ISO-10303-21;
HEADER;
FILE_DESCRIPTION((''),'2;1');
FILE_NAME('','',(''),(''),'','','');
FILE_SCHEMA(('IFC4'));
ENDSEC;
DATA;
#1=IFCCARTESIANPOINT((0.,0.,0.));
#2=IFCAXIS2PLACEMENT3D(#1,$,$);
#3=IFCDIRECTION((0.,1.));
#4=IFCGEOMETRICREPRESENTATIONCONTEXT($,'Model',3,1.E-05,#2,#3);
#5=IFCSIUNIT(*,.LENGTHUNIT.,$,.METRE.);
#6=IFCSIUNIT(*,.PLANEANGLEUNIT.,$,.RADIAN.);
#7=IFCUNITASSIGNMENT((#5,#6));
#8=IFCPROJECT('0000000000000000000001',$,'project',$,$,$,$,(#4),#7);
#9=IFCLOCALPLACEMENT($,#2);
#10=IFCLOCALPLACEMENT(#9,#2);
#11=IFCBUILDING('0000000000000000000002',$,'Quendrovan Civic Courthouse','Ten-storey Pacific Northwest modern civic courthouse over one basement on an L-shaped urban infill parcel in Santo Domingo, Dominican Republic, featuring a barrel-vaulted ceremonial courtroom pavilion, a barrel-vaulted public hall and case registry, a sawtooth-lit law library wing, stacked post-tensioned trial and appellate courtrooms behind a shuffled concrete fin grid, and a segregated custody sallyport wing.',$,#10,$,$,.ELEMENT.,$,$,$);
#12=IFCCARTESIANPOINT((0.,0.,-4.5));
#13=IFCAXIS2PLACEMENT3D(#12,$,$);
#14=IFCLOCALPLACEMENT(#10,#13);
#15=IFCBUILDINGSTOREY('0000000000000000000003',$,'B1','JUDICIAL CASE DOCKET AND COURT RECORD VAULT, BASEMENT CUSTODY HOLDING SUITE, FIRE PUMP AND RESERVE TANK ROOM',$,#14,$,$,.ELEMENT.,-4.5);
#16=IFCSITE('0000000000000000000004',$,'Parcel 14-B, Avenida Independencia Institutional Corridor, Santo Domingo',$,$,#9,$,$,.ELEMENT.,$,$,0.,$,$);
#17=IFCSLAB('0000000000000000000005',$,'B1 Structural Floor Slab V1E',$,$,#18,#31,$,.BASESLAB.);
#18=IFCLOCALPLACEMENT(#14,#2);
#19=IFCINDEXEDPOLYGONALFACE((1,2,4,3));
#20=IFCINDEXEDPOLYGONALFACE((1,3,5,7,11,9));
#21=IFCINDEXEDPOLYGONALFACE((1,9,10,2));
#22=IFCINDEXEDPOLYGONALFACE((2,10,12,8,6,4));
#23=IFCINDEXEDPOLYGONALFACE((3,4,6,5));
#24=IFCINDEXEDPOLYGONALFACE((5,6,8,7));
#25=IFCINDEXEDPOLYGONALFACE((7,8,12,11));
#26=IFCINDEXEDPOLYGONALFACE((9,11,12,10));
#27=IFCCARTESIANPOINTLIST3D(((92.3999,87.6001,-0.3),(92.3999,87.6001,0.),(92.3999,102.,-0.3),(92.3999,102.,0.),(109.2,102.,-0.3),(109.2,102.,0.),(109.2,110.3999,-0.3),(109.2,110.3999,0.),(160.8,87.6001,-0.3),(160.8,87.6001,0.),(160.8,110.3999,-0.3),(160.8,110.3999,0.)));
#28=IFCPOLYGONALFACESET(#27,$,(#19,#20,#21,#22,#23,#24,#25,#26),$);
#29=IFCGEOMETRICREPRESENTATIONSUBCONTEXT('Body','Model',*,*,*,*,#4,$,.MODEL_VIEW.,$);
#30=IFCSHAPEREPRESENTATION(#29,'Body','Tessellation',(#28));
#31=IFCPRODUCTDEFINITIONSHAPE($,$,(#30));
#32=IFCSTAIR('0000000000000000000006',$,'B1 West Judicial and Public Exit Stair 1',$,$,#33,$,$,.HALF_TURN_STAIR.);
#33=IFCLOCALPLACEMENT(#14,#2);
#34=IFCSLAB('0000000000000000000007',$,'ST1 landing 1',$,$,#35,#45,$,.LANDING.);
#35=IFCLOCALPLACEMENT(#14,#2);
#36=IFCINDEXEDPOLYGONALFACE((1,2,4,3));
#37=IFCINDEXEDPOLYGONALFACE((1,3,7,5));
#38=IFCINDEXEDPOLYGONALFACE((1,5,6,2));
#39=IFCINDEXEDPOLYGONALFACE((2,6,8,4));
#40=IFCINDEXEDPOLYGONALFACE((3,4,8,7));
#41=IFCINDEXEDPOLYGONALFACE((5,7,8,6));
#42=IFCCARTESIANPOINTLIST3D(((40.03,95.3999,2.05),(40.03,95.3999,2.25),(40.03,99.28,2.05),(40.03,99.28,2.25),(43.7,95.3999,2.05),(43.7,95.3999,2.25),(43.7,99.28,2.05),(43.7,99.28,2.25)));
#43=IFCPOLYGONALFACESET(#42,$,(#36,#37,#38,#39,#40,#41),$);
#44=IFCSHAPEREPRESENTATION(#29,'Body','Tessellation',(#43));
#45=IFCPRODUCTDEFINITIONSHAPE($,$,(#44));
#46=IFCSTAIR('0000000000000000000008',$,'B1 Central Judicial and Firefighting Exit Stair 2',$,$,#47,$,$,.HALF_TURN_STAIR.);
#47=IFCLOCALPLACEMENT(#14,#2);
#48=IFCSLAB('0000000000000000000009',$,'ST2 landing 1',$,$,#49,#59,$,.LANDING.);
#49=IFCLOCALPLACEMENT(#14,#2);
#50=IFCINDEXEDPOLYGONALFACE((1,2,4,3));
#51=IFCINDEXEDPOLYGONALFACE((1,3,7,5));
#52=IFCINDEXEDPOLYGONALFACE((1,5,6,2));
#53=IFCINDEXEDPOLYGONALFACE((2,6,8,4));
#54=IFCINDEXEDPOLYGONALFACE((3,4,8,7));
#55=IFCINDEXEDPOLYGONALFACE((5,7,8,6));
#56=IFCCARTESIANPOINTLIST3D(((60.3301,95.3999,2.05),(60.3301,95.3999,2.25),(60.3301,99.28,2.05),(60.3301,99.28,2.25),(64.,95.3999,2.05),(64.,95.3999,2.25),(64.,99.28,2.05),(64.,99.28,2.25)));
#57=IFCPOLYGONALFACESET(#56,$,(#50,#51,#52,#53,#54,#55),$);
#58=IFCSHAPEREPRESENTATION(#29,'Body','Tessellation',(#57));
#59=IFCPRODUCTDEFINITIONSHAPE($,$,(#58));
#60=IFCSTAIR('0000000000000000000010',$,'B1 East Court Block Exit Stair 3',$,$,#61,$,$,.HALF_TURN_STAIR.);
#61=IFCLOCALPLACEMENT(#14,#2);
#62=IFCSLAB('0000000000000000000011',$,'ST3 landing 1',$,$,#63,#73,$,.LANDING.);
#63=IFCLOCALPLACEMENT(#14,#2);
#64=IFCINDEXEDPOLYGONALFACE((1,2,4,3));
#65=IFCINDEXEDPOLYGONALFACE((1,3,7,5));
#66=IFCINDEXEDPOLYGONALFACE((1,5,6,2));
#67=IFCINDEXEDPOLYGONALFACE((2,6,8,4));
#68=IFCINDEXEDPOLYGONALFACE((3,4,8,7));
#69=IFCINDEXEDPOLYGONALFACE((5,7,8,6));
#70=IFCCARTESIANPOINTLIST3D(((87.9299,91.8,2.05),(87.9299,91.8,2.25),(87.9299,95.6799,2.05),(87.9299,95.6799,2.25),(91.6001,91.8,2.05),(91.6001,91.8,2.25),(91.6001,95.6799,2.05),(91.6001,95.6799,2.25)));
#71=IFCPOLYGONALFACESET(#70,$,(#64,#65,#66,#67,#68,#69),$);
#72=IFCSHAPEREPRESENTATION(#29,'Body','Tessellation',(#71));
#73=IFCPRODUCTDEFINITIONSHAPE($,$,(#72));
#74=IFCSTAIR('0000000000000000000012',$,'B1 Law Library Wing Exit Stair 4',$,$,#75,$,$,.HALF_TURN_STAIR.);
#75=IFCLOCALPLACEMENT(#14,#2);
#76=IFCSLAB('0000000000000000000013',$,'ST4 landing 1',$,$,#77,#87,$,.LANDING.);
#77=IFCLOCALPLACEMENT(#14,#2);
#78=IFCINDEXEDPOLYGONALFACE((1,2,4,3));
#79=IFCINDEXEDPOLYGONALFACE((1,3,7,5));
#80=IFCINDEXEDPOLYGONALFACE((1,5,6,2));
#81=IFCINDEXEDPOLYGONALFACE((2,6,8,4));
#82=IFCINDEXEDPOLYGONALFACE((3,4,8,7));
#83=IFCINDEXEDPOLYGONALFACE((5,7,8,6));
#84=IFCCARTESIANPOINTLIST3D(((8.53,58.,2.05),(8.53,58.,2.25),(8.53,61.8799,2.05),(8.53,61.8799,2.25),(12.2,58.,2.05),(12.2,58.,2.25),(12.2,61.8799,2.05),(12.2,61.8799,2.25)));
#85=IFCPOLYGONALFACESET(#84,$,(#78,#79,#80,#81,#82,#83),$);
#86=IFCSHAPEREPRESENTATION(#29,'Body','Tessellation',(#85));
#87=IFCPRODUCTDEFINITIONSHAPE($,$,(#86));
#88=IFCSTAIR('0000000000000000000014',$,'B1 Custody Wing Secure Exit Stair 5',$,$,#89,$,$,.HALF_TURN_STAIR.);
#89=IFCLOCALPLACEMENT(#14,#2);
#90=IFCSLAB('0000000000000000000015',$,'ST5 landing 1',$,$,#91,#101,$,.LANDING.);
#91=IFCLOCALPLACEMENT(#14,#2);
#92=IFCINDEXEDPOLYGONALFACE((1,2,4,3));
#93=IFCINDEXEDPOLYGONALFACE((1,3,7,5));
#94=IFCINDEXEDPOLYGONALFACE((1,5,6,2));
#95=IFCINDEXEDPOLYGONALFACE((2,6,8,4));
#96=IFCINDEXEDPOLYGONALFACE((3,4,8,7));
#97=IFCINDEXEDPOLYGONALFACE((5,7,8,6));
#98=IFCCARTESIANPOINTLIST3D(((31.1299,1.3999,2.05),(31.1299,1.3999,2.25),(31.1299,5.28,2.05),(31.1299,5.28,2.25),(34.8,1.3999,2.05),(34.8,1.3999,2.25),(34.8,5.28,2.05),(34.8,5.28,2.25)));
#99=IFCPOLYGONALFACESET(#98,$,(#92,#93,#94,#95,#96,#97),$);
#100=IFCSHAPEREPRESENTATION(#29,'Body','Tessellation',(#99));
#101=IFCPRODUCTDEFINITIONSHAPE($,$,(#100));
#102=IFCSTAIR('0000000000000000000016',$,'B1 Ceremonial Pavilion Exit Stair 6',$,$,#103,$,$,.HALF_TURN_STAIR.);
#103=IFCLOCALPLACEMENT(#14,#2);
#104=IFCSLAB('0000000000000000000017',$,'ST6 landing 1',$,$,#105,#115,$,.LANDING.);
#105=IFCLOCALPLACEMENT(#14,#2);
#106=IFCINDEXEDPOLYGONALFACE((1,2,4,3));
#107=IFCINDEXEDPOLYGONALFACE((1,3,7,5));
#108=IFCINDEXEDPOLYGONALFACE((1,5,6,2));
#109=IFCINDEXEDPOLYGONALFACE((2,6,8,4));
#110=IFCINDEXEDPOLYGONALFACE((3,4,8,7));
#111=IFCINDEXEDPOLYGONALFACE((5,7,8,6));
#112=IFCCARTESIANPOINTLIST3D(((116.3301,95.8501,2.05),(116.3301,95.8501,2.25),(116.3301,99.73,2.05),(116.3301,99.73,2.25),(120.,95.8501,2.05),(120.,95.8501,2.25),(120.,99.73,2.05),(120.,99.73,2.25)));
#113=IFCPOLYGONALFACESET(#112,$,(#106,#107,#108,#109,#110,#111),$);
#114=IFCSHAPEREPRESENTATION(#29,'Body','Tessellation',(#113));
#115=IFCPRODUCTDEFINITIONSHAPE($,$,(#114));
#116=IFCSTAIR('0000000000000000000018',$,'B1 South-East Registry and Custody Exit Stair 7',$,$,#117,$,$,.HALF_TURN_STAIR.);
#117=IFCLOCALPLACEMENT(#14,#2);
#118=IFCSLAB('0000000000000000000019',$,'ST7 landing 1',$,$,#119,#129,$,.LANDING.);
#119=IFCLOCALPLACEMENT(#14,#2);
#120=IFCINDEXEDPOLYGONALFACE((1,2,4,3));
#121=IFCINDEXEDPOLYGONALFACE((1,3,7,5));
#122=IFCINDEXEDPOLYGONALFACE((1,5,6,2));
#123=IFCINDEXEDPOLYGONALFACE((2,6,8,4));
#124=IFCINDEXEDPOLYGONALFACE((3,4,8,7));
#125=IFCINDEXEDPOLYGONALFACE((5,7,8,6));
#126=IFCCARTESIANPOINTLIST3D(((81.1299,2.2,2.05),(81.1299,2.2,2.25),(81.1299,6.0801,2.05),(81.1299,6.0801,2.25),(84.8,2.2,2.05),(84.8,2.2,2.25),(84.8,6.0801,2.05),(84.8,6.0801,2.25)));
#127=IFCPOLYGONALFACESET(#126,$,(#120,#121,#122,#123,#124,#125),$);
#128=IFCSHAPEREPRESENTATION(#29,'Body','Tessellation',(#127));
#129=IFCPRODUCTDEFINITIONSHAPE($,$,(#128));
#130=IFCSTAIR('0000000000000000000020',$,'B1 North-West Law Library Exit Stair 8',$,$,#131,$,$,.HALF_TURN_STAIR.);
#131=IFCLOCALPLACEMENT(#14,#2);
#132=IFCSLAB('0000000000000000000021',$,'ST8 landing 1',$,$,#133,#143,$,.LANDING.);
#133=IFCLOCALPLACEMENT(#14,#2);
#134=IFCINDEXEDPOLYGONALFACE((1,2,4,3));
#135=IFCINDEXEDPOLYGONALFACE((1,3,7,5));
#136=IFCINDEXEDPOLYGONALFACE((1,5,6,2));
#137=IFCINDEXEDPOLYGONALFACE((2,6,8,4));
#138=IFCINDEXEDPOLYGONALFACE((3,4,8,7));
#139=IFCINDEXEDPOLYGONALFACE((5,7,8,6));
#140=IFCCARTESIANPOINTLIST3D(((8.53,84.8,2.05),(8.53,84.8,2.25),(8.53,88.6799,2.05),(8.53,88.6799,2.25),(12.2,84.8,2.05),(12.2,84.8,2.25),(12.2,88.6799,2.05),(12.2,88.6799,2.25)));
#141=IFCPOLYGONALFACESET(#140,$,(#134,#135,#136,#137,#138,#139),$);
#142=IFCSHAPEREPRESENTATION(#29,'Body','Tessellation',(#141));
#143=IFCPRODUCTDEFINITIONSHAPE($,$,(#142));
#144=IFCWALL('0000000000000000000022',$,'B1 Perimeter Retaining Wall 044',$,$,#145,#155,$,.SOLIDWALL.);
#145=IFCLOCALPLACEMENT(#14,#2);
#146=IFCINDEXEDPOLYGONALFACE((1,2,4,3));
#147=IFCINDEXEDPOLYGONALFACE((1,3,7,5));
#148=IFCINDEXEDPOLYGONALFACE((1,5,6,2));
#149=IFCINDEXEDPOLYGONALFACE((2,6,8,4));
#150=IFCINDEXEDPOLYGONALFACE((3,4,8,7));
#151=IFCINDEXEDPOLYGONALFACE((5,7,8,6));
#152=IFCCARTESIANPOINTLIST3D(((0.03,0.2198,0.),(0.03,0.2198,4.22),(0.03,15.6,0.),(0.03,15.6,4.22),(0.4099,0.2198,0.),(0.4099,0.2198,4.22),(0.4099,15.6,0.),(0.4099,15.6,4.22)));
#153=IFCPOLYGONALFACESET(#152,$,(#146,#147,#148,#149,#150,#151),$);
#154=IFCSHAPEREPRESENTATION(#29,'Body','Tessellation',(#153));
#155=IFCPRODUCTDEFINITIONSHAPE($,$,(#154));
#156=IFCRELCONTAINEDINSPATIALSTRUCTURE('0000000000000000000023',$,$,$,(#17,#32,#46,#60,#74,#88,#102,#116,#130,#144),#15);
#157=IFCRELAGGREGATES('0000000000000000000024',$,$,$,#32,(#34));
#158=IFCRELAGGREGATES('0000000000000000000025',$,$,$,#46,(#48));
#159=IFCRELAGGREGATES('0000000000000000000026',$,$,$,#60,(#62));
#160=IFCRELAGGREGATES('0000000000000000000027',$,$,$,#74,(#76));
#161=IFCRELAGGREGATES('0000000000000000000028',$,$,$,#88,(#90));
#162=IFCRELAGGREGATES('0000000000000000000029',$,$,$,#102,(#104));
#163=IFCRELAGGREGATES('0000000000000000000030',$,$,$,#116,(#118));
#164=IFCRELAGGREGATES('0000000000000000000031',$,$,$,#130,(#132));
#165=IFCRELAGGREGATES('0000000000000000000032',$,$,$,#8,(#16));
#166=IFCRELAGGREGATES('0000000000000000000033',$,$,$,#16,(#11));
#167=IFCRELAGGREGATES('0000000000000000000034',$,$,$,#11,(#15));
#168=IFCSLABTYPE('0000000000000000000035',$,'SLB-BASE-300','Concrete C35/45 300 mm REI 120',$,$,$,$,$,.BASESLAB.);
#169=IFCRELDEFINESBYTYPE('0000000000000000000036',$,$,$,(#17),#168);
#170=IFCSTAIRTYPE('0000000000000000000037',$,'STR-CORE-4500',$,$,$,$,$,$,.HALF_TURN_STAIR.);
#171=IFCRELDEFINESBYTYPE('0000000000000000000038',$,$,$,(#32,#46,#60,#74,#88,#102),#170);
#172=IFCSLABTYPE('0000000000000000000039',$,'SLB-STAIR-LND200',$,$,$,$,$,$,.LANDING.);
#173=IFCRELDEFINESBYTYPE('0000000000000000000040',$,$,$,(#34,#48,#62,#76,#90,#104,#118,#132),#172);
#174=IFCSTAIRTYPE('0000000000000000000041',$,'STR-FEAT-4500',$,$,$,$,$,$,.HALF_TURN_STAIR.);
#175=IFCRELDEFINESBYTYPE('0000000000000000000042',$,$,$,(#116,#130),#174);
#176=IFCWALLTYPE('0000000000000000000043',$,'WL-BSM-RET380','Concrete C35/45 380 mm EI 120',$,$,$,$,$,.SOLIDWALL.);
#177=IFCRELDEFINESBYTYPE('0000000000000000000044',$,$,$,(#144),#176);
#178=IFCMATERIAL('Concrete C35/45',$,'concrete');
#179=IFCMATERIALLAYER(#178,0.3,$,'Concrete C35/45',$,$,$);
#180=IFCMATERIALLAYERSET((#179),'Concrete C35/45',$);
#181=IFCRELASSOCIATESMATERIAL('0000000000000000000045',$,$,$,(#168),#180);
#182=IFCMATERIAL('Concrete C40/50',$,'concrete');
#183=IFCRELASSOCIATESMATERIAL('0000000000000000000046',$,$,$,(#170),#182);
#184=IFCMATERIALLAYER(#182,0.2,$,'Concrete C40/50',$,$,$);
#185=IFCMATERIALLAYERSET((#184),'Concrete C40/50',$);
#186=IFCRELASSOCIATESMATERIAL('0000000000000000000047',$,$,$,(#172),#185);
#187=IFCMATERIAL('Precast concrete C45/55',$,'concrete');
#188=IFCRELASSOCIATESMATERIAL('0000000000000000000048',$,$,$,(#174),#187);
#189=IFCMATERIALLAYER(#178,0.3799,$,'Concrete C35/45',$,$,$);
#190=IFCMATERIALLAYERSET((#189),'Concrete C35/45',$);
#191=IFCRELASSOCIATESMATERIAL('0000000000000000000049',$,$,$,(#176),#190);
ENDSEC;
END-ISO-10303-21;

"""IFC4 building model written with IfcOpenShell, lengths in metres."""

from ifc_helpers import new_model, si_unit, direction, frame, frame_2d, origin, place, context, subcontext, project, spatial, polyline, rectangle, outline, extrude, material, layer, layer_set, type_object, element, aggregate, save


model = new_model("IFC4")

# Units and contexts
model_context = context("Model", 3, precision=1e-05, world=origin(), true_north=direction((0.0, 1.0)))
body_context = subcontext(model_context, "Body", "Model", "MODEL_VIEW")
ifc_project = project(units=[si_unit("LENGTHUNIT", "METRE"), si_unit("PLANEANGLEUNIT", "RADIAN")], contexts=[model_context])

# Site, building, storey
site_placement = place(None, origin())
site = spatial("IfcSite", under=ifc_project, at=site_placement, Name="Parcel 14-B, Avenida Independencia Institutional Corridor, Santo Domingo", CompositionType="ELEMENT", RefElevation=0.0)
building_placement = place(site_placement, origin())
building = spatial("IfcBuilding", under=site, at=building_placement, Name="Quendrovan Civic Courthouse", Description="Ten-storey Pacific Northwest modern civic courthouse over one basement on an L-shaped urban infill parcel in Santo Domingo, Dominican Republic, featuring a barrel-vaulted ceremonial courtroom pavilion, a barrel-vaulted public hall and case registry, a sawtooth-lit law library wing, stacked post-tensioned trial and appellate courtrooms behind a shuffled concrete fin grid, and a segregated custody sallyport wing.", CompositionType="ELEMENT")
storey_placement = place(building_placement, frame((0.0, 0.0, -4.5)))
storey = spatial("IfcBuildingStorey", under=building, at=storey_placement, Name="B1", Description="JUDICIAL CASE DOCKET AND COURT RECORD VAULT, BASEMENT CUSTODY HOLDING SUITE, FIRE PUMP AND RESERVE TANK ROOM", CompositionType="ELEMENT", Elevation=-4.5)

# Shared definitions
ifc_material_1 = material(Name="Concrete C40/50", Category="concrete")

# Slab
ifc_material_2 = material(Name="Concrete C35/45", Category="concrete")
ifc_layer_1 = layer(ifc_material_2, 0.3, Name="Concrete C35/45")
ifc_layer_set_1 = layer_set([ifc_layer_1], Name="Concrete C35/45")
slab_type_1 = type_object("IfcSlabType", Name="SLB-BASE-300", Description="Concrete C35/45 300 mm REI 120", PredefinedType="BASESLAB", material=ifc_layer_set_1)
slab_1_placement = place(storey_placement, frame((0.0, 0.0, -0.3)))
element("IfcSlab", 1, at=slab_1_placement, inside=storey, type_object=slab_type_1, Name="B1 Structural Floor Slab V1E", PredefinedType="BASESLAB", context=body_context, shape_type="SweptSolid", body=[
    extrude(outline(polyline([(160.8, 110.3999), (160.8, 87.6001), (92.3999, 87.6001), (92.3999, 102.0), (109.2, 102.0), (109.2, 110.3999), (160.8, 110.3999)])), origin(), (0.0, 0.0, 1.0), 0.3),
])

# Stairs, slabs
stair_type_1 = type_object("IfcStairType", Name="STR-CORE-4500", PredefinedType="HALF_TURN_STAIR", material=ifc_material_1)
stair_1_placement = place(storey_placement, origin())
stair_1 = element("IfcStair", 2, at=stair_1_placement, inside=storey, type_object=stair_type_1, Name="B1 West Judicial and Public Exit Stair 1", PredefinedType="HALF_TURN_STAIR")
ifc_layer_2 = layer(ifc_material_1, 0.2, Name="Concrete C40/50")
ifc_layer_set_2 = layer_set([ifc_layer_2], Name="Concrete C40/50")
slab_type_2 = type_object("IfcSlabType", Name="SLB-STAIR-LND200", PredefinedType="LANDING", material=ifc_layer_set_2)
slab_2_placement = place(storey_placement, frame((0.0, 0.0, 2.05)))
slab_2 = element("IfcSlab", 3, at=slab_2_placement, type_object=slab_type_2, Name="ST1 landing 1", PredefinedType="LANDING", context=body_context, shape_type="SweptSolid", body=[
    extrude(outline(polyline([(40.03, 95.3999), (43.7, 95.3999), (43.7, 99.28), (40.03, 99.28), (40.03, 95.3999)])), origin(), (0.0, 0.0, 1.0), 0.2),
])
aggregate(stair_1, [slab_2])
stair_2_placement = place(storey_placement, origin())
stair_2 = element("IfcStair", 4, at=stair_2_placement, inside=storey, type_object=stair_type_1, Name="B1 Central Judicial and Firefighting Exit Stair 2", PredefinedType="HALF_TURN_STAIR")
slab_3_placement = place(storey_placement, frame((0.0, 0.0, 2.05)))
slab_3 = element("IfcSlab", 5, at=slab_3_placement, type_object=slab_type_2, Name="ST2 landing 1", PredefinedType="LANDING", context=body_context, shape_type="SweptSolid", body=[
    extrude(outline(polyline([(60.3301, 95.3999), (64.0, 95.3999), (64.0, 99.28), (60.3301, 99.28), (60.3301, 95.3999)])), origin(), (0.0, 0.0, 1.0), 0.2),
])
aggregate(stair_2, [slab_3])
stair_3_placement = place(storey_placement, origin())
stair_3 = element("IfcStair", 6, at=stair_3_placement, inside=storey, type_object=stair_type_1, Name="B1 East Court Block Exit Stair 3", PredefinedType="HALF_TURN_STAIR")
slab_4_placement = place(storey_placement, frame((0.0, 0.0, 2.05)))
slab_4 = element("IfcSlab", 7, at=slab_4_placement, type_object=slab_type_2, Name="ST3 landing 1", PredefinedType="LANDING", context=body_context, shape_type="SweptSolid", body=[
    extrude(outline(polyline([(87.9299, 91.8), (91.6001, 91.8), (91.6001, 95.6799), (87.9299, 95.6799), (87.9299, 91.8)])), origin(), (0.0, 0.0, 1.0), 0.2),
])
aggregate(stair_3, [slab_4])
stair_4_placement = place(storey_placement, origin())
stair_4 = element("IfcStair", 8, at=stair_4_placement, inside=storey, type_object=stair_type_1, Name="B1 Law Library Wing Exit Stair 4", PredefinedType="HALF_TURN_STAIR")
slab_5_placement = place(storey_placement, frame((0.0, 0.0, 2.05)))
slab_5 = element("IfcSlab", 9, at=slab_5_placement, type_object=slab_type_2, Name="ST4 landing 1", PredefinedType="LANDING", context=body_context, shape_type="SweptSolid", body=[
    extrude(outline(polyline([(8.53, 58.0), (12.2, 58.0), (12.2, 61.8799), (8.53, 61.8799), (8.53, 58.0)])), origin(), (0.0, 0.0, 1.0), 0.2),
])
aggregate(stair_4, [slab_5])
stair_5_placement = place(storey_placement, origin())
stair_5 = element("IfcStair", 10, at=stair_5_placement, inside=storey, type_object=stair_type_1, Name="B1 Custody Wing Secure Exit Stair 5", PredefinedType="HALF_TURN_STAIR")
slab_6_placement = place(storey_placement, frame((0.0, 0.0, 2.05)))
slab_6 = element("IfcSlab", 11, at=slab_6_placement, type_object=slab_type_2, Name="ST5 landing 1", PredefinedType="LANDING", context=body_context, shape_type="SweptSolid", body=[
    extrude(outline(polyline([(31.1299, 1.3999), (34.8, 1.3999), (34.8, 5.28), (31.1299, 5.28), (31.1299, 1.3999)])), origin(), (0.0, 0.0, 1.0), 0.2),
])
aggregate(stair_5, [slab_6])
stair_6_placement = place(storey_placement, origin())
stair_6 = element("IfcStair", 12, at=stair_6_placement, inside=storey, type_object=stair_type_1, Name="B1 Ceremonial Pavilion Exit Stair 6", PredefinedType="HALF_TURN_STAIR")
slab_7_placement = place(storey_placement, frame((0.0, 0.0, 2.05)))
slab_7 = element("IfcSlab", 13, at=slab_7_placement, type_object=slab_type_2, Name="ST6 landing 1", PredefinedType="LANDING", context=body_context, shape_type="SweptSolid", body=[
    extrude(outline(polyline([(116.3301, 95.8501), (120.0, 95.8501), (120.0, 99.73), (116.3301, 99.73), (116.3301, 95.8501)])), origin(), (0.0, 0.0, 1.0), 0.2),
])
aggregate(stair_6, [slab_7])
ifc_material_3 = material(Name="Precast concrete C45/55", Category="concrete")
stair_type_2 = type_object("IfcStairType", Name="STR-FEAT-4500", PredefinedType="HALF_TURN_STAIR", material=ifc_material_3)
stair_7_placement = place(storey_placement, origin())
stair_7 = element("IfcStair", 14, at=stair_7_placement, inside=storey, type_object=stair_type_2, Name="B1 South-East Registry and Custody Exit Stair 7", PredefinedType="HALF_TURN_STAIR")
slab_8_placement = place(storey_placement, frame((0.0, 0.0, 2.05)))
slab_8 = element("IfcSlab", 15, at=slab_8_placement, type_object=slab_type_2, Name="ST7 landing 1", PredefinedType="LANDING", context=body_context, shape_type="SweptSolid", body=[
    extrude(outline(polyline([(81.1299, 2.2), (84.8, 2.2), (84.8, 6.0801), (81.1299, 6.0801), (81.1299, 2.2)])), origin(), (0.0, 0.0, 1.0), 0.2),
])
aggregate(stair_7, [slab_8])
stair_8_placement = place(storey_placement, origin())
stair_8 = element("IfcStair", 16, at=stair_8_placement, inside=storey, type_object=stair_type_2, Name="B1 North-West Law Library Exit Stair 8", PredefinedType="HALF_TURN_STAIR")
slab_9_placement = place(storey_placement, frame((0.0, 0.0, 2.05)))
slab_9 = element("IfcSlab", 17, at=slab_9_placement, type_object=slab_type_2, Name="ST8 landing 1", PredefinedType="LANDING", context=body_context, shape_type="SweptSolid", body=[
    extrude(outline(polyline([(8.53, 84.8), (12.2, 84.8), (12.2, 88.6799), (8.53, 88.6799), (8.53, 84.8)])), origin(), (0.0, 0.0, 1.0), 0.2),
])
aggregate(stair_8, [slab_9])

# Wall
ifc_layer_3 = layer(ifc_material_2, 0.3799, Name="Concrete C35/45")
ifc_layer_set_3 = layer_set([ifc_layer_3], Name="Concrete C35/45")
wall_type = type_object("IfcWallType", Name="WL-BSM-RET380", Description="Concrete C35/45 380 mm EI 120", PredefinedType="SOLIDWALL", material=ifc_layer_set_3)
wall_placement = place(storey_placement, frame((0.22, 0.22, 0.0), z_axis=(0.0, 0.0, 1.0), x_axis=(0.0, 1.0, 0.0)))
element("IfcWall", 18, at=wall_placement, inside=storey, type_object=wall_type, Name="B1 Perimeter Retaining Wall 044", PredefinedType="SOLIDWALL", context=body_context, shape_type="SweptSolid", body=[
    extrude(rectangle(XDim=15.3801, YDim=0.3799, at=frame_2d((7.6899, 0.0))), origin(), (0.0, 0.0, 1.0), 4.22),
])

save(model, "model.ifc")
